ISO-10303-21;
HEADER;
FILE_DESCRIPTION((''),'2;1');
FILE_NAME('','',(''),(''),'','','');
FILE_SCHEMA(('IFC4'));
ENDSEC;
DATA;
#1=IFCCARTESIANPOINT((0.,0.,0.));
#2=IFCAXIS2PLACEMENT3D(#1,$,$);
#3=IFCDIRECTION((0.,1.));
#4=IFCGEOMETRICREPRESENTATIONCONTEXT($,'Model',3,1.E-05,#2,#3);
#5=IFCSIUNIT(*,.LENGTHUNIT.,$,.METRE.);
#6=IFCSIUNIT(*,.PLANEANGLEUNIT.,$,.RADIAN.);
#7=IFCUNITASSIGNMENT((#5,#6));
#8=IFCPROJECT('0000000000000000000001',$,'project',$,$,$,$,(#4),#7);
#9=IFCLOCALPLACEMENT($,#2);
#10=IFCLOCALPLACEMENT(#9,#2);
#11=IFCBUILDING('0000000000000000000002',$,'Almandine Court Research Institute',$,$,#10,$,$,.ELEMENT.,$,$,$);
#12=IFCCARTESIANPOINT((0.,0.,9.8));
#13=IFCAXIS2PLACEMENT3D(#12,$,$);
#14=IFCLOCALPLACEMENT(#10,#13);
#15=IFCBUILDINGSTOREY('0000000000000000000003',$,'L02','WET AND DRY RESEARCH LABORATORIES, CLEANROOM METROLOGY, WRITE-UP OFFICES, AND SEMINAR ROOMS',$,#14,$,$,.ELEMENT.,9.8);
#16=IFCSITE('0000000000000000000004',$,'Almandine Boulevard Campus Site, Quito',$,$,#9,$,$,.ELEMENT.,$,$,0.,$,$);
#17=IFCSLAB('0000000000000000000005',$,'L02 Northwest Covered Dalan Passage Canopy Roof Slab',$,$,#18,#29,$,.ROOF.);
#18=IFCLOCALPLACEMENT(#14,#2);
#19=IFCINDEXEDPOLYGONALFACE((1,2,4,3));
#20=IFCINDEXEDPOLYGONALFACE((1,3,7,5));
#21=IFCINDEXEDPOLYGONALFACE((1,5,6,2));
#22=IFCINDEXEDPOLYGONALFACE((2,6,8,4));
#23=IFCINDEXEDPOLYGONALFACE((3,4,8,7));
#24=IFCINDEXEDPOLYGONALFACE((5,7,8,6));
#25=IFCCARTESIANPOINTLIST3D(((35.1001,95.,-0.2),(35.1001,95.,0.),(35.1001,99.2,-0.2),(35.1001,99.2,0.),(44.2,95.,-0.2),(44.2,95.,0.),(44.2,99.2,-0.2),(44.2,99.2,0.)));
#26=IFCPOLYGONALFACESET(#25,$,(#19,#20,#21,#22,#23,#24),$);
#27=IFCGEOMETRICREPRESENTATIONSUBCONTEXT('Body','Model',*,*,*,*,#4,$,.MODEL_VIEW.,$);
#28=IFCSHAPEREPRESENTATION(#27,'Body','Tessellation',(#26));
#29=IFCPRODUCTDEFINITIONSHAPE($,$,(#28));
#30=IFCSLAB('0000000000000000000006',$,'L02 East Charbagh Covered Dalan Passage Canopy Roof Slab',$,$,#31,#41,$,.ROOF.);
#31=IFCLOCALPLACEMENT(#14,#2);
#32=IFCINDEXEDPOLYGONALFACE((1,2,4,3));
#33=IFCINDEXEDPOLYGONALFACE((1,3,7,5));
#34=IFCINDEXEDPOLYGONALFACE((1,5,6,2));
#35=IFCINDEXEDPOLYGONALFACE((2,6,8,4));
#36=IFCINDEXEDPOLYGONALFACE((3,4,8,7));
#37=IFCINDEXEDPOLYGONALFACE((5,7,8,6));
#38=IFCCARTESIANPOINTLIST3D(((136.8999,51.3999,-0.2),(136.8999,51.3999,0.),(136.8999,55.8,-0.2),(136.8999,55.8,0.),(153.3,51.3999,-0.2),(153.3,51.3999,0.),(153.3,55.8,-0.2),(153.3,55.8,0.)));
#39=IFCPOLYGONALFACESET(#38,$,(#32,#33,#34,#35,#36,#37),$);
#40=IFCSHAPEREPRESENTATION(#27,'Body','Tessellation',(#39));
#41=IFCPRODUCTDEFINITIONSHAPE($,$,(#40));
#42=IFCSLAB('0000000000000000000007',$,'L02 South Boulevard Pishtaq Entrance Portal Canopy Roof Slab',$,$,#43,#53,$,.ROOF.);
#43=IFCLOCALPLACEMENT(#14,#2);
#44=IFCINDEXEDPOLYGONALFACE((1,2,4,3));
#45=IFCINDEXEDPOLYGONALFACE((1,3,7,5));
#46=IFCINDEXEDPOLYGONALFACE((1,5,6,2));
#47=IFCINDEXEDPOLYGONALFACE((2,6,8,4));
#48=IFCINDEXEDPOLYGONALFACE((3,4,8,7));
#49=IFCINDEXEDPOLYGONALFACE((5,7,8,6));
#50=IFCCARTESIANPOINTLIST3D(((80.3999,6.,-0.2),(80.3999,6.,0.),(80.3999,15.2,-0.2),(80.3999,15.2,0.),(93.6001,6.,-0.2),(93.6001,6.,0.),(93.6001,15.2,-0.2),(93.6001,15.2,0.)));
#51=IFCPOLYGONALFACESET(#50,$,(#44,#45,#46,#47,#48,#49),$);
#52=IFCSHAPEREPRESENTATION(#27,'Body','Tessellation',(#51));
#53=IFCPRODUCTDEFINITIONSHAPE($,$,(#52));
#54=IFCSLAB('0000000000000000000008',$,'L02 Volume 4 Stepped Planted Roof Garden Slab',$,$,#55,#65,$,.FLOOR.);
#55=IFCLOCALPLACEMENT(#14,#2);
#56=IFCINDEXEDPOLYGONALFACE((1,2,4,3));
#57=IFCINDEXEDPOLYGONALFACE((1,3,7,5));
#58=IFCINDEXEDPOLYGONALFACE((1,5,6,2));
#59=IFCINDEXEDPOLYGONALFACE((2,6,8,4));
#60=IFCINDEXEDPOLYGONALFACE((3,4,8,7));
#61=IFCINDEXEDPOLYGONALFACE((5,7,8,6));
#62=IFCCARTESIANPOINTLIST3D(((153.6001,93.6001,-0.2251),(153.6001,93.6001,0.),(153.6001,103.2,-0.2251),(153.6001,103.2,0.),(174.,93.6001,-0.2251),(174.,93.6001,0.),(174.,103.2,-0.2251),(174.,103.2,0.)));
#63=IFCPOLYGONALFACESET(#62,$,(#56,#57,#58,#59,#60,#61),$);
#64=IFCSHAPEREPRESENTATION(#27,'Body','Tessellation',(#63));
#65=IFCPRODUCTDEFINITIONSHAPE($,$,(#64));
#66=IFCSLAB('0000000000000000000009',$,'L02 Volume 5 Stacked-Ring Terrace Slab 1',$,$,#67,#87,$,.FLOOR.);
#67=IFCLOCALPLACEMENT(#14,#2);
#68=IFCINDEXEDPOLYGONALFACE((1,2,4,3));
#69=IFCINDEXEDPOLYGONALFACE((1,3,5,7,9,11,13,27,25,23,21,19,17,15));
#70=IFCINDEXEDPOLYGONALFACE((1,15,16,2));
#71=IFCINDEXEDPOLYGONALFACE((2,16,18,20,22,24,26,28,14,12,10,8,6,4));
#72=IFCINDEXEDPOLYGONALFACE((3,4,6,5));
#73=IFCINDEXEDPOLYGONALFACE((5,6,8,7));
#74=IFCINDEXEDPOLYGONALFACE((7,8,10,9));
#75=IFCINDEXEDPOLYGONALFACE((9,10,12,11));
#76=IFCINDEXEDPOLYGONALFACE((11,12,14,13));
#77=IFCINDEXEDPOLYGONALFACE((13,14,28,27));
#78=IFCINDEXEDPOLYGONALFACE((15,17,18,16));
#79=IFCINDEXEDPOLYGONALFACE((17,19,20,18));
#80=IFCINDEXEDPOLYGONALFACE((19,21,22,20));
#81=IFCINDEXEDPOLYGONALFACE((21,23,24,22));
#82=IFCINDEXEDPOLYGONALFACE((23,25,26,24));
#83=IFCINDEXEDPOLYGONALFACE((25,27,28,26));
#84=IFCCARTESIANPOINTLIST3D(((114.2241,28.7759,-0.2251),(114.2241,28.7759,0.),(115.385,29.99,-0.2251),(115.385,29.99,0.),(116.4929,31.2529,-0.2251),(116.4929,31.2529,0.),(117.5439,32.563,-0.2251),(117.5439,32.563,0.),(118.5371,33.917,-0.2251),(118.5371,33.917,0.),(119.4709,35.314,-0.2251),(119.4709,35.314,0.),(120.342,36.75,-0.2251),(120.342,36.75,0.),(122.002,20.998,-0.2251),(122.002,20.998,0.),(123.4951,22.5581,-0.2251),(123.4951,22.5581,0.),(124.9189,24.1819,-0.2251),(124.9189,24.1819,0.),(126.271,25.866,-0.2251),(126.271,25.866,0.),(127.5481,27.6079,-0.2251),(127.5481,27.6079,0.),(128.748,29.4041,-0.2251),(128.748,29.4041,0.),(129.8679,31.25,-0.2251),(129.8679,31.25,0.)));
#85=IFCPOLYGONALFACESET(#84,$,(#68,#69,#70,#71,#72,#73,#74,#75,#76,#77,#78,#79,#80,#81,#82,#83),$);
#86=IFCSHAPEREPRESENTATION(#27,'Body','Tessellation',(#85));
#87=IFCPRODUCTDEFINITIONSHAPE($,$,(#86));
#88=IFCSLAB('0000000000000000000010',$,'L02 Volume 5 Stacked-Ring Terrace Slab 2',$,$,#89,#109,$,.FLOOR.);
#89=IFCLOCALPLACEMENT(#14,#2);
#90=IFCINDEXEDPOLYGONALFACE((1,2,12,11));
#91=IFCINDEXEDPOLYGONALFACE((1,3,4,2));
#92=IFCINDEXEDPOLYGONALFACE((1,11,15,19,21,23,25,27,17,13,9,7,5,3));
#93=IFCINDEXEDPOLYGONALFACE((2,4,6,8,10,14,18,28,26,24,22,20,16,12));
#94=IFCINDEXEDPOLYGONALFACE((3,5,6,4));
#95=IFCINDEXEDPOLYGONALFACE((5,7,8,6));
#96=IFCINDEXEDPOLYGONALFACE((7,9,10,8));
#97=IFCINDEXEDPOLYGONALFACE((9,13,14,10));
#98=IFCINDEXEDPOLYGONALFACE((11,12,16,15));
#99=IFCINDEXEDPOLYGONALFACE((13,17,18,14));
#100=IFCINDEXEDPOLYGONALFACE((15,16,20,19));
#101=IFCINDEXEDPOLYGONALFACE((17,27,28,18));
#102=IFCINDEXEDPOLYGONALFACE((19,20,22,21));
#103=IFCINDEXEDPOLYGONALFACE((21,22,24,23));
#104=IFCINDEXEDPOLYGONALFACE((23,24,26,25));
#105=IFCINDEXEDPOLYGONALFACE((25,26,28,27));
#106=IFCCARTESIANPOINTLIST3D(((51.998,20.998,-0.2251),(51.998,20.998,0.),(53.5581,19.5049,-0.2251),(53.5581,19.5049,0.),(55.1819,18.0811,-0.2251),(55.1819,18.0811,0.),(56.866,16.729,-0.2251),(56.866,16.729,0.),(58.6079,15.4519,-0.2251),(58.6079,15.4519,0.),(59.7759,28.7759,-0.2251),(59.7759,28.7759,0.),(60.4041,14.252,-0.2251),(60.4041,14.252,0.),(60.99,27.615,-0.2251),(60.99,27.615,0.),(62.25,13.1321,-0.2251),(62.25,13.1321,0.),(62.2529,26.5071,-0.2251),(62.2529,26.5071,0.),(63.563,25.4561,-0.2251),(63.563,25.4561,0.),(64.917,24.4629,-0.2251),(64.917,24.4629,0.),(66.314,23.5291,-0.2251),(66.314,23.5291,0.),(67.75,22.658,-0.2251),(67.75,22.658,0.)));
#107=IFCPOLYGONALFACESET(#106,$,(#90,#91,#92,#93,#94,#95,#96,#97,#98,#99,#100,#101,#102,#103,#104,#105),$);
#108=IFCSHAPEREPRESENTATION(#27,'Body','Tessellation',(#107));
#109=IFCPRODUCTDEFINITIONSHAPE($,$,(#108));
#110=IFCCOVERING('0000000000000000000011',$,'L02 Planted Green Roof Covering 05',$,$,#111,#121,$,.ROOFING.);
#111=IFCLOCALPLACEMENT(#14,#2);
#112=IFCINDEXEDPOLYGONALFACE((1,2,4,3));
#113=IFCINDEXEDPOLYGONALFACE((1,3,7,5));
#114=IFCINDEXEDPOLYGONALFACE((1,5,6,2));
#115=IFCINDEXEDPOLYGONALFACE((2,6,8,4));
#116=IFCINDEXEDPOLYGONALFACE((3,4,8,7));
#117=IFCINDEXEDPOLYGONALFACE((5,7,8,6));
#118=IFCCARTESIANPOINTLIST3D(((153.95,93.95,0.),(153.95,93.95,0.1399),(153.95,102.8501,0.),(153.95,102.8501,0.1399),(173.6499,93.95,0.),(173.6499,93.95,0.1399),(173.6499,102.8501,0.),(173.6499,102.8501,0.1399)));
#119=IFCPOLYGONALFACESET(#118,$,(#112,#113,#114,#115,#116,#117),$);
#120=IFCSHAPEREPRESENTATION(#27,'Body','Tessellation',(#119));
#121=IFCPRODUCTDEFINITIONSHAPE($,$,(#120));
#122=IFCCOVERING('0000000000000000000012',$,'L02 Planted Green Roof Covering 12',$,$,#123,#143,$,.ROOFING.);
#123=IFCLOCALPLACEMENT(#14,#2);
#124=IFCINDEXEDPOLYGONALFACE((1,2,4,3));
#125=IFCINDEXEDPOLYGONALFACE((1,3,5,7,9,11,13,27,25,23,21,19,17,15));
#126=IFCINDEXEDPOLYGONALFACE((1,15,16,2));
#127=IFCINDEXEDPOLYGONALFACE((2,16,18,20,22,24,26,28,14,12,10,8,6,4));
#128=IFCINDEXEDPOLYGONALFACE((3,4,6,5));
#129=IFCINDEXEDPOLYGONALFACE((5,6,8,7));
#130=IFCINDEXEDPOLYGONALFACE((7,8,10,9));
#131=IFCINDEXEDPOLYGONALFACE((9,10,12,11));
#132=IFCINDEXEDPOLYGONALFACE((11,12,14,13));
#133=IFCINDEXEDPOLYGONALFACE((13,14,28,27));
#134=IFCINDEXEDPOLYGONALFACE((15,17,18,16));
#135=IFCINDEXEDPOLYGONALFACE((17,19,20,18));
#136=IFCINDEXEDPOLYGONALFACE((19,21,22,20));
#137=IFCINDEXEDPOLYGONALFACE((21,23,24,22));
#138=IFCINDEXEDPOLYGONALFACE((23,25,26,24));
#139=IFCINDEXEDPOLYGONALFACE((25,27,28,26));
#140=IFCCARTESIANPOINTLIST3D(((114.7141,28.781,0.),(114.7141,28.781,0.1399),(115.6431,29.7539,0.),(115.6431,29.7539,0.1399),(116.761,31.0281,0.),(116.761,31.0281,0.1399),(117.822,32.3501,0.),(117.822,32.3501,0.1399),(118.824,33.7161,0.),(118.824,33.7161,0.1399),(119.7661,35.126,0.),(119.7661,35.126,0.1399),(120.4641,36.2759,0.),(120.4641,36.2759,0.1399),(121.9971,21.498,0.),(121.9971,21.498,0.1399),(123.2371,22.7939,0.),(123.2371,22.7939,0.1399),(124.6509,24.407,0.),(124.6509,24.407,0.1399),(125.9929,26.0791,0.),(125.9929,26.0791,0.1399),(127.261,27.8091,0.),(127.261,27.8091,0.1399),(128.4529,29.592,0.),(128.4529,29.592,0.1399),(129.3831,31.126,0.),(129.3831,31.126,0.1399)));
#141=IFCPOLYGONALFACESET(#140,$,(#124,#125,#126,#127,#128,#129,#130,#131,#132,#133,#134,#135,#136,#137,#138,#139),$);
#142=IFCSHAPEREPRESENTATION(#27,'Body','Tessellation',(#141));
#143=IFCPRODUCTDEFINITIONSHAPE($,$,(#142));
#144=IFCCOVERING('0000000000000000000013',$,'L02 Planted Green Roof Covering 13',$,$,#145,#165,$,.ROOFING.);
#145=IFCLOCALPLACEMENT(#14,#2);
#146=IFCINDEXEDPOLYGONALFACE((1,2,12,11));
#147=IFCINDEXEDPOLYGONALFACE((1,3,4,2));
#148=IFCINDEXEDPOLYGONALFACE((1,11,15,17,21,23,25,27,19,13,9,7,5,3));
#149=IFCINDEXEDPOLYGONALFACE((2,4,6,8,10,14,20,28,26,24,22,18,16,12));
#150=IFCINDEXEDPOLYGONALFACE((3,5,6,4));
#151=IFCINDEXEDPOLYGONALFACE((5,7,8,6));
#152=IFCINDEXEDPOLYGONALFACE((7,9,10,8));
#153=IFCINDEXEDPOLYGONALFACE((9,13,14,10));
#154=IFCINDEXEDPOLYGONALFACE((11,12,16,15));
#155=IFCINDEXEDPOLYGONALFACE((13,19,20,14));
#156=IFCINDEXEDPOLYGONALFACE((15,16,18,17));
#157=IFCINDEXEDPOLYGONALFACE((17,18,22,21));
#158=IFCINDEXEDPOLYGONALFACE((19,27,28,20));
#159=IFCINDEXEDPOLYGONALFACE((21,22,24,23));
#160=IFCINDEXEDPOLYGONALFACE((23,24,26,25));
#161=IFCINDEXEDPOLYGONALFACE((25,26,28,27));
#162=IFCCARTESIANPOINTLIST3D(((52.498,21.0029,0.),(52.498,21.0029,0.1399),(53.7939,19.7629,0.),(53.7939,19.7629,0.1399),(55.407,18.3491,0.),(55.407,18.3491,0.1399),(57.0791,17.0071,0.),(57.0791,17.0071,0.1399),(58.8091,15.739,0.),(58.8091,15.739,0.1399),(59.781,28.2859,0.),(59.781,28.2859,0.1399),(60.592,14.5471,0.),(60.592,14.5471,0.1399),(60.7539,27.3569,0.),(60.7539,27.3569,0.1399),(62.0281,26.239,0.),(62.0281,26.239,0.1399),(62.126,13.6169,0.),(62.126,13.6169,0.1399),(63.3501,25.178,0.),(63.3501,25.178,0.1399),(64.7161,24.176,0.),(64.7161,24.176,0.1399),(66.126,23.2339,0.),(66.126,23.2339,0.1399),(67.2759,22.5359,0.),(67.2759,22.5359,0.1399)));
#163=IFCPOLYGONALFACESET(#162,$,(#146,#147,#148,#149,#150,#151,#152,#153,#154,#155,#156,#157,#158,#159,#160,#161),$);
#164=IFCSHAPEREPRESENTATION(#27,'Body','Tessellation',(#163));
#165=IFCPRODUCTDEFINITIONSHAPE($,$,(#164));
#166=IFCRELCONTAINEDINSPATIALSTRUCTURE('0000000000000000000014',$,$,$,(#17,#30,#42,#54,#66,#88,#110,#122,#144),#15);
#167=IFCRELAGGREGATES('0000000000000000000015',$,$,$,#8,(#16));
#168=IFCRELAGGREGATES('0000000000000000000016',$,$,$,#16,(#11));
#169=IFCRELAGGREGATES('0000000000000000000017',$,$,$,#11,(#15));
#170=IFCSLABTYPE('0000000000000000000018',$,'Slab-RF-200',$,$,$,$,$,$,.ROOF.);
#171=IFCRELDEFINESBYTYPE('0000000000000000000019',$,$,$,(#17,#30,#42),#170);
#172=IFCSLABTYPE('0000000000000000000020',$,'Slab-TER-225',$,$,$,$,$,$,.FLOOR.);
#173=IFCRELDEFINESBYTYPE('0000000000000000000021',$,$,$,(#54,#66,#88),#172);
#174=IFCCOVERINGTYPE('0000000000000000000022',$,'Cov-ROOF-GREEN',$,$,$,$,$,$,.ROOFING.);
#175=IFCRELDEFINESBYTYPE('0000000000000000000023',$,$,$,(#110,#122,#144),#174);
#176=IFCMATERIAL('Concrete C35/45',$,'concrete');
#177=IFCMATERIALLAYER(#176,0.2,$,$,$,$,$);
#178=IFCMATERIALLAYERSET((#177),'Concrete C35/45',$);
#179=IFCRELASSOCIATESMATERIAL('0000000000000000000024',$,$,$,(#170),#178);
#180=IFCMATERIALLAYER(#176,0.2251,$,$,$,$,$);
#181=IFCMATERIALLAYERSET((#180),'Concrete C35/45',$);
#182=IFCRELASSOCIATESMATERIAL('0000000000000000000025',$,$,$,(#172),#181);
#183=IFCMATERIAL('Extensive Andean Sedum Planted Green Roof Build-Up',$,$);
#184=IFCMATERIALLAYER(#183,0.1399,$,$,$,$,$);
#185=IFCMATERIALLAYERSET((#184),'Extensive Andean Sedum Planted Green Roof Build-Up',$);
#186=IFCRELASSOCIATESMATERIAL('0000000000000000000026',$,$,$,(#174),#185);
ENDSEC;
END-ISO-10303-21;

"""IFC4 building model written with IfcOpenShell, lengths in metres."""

from ifc_helpers import new_model, si_unit, direction, frame, origin, place, context, subcontext, project, spatial, polyline, outline, extrude, material, layer, layer_set, type_object, element, save


model = new_model("IFC4")

# Units and contexts
model_context = context("Model", 3, precision=1e-05, world=origin(), true_north=direction((0.0, 1.0)))
body_context = subcontext(model_context, "Body", "Model", "MODEL_VIEW")
ifc_project = project(units=[si_unit("LENGTHUNIT", "METRE"), si_unit("PLANEANGLEUNIT", "RADIAN")], contexts=[model_context])

# Site, building, storey
site_placement = place(None, origin())
site = spatial("IfcSite", under=ifc_project, at=site_placement, Name="Almandine Boulevard Campus Site, Quito", CompositionType="ELEMENT", RefElevation=0.0)
building_placement = place(site_placement, origin())
building = spatial("IfcBuilding", under=site, at=building_placement, Name="Almandine Court Research Institute", CompositionType="ELEMENT")
storey_placement = place(building_placement, frame((0.0, 0.0, 9.8)))
storey = spatial("IfcBuildingStorey", under=building, at=storey_placement, Name="L02", Description="WET AND DRY RESEARCH LABORATORIES, CLEANROOM METROLOGY, WRITE-UP OFFICES, AND SEMINAR ROOMS", CompositionType="ELEMENT", Elevation=9.8)

# Shared definitions
ifc_material_1 = material(Name="Concrete C35/45", Category="concrete")

# Slabs
ifc_layer_1 = layer(ifc_material_1, 0.2)
ifc_layer_set_1 = layer_set([ifc_layer_1], Name="Concrete C35/45")
slab_type_1 = type_object("IfcSlabType", Name="Slab-RF-200", PredefinedType="ROOF", material=ifc_layer_set_1)
slab_1_placement = place(storey_placement, frame((0.0, 0.0, -0.2)))
element("IfcSlab", 1, at=slab_1_placement, inside=storey, type_object=slab_type_1, Name="L02 Northwest Covered Dalan Passage Canopy Roof Slab", PredefinedType="ROOF", context=body_context, shape_type="SweptSolid", body=[
    extrude(outline(polyline([(35.1001, 95.0), (44.2, 95.0), (44.2, 99.2), (35.1001, 99.2), (35.1001, 95.0)])), origin(), (0.0, 0.0, 1.0), 0.2),
])
slab_2_placement = place(storey_placement, frame((0.0, 0.0, -0.2)))
element("IfcSlab", 2, at=slab_2_placement, inside=storey, type_object=slab_type_1, Name="L02 East Charbagh Covered Dalan Passage Canopy Roof Slab", PredefinedType="ROOF", context=body_context, shape_type="SweptSolid", body=[
    extrude(outline(polyline([(136.8999, 51.3999), (153.3, 51.3999), (153.3, 55.8), (136.8999, 55.8), (136.8999, 51.3999)])), origin(), (0.0, 0.0, 1.0), 0.2),
])
slab_3_placement = place(storey_placement, frame((0.0, 0.0, -0.2)))
element("IfcSlab", 3, at=slab_3_placement, inside=storey, type_object=slab_type_1, Name="L02 South Boulevard Pishtaq Entrance Portal Canopy Roof Slab", PredefinedType="ROOF", context=body_context, shape_type="SweptSolid", body=[
    extrude(outline(polyline([(80.3999, 6.0), (93.6001, 6.0), (93.6001, 15.2), (80.3999, 15.2), (80.3999, 6.0)])), origin(), (0.0, 0.0, 1.0), 0.2),
])
ifc_layer_2 = layer(ifc_material_1, 0.2251)
ifc_layer_set_2 = layer_set([ifc_layer_2], Name="Concrete C35/45")
slab_type_2 = type_object("IfcSlabType", Name="Slab-TER-225", PredefinedType="FLOOR", material=ifc_layer_set_2)
slab_4_placement = place(storey_placement, frame((0.0, 0.0, -0.2251)))
element("IfcSlab", 4, at=slab_4_placement, inside=storey, type_object=slab_type_2, Name="L02 Volume 4 Stepped Planted Roof Garden Slab", PredefinedType="FLOOR", context=body_context, shape_type="SweptSolid", body=[
    extrude(outline(polyline([(153.6001, 93.6001), (174.0, 93.6001), (174.0, 103.2), (153.6001, 103.2), (153.6001, 93.6001)])), origin(), (0.0, 0.0, 1.0), 0.2251),
])
slab_5_placement = place(storey_placement, frame((0.0, 0.0, -0.2251)))
element("IfcSlab", 5, at=slab_5_placement, inside=storey, type_object=slab_type_2, Name="L02 Volume 5 Stacked-Ring Terrace Slab 1", PredefinedType="FLOOR", context=body_context, shape_type="SweptSolid", body=[
    extrude(outline(polyline([(122.002, 20.998), (123.4951, 22.5581), (124.9189, 24.1819), (126.271, 25.866), (127.5481, 27.6079), (128.748, 29.4041), (129.8679, 31.25), (120.342, 36.75), (119.4709, 35.314), (118.5371, 33.917), (117.5439, 32.563), (116.4929, 31.2529), (115.385, 29.99), (114.2241, 28.7759), (122.002, 20.998)])), origin(), (0.0, 0.0, 1.0), 0.2251),
])
slab_6_placement = place(storey_placement, frame((0.0, 0.0, -0.2251)))
element("IfcSlab", 6, at=slab_6_placement, inside=storey, type_object=slab_type_2, Name="L02 Volume 5 Stacked-Ring Terrace Slab 2", PredefinedType="FLOOR", context=body_context, shape_type="SweptSolid", body=[
    extrude(outline(polyline([(51.998, 20.998), (53.5581, 19.5049), (55.1819, 18.0811), (56.866, 16.729), (58.6079, 15.4519), (60.4041, 14.252), (62.25, 13.1321), (67.75, 22.658), (66.314, 23.5291), (64.917, 24.4629), (63.563, 25.4561), (62.2529, 26.5071), (60.99, 27.615), (59.7759, 28.7759), (51.998, 20.998)])), origin(), (0.0, 0.0, 1.0), 0.2251),
])

# Coverings
ifc_material_2 = material(Name="Extensive Andean Sedum Planted Green Roof Build-Up")
ifc_layer_3 = layer(ifc_material_2, 0.1399)
ifc_layer_set_3 = layer_set([ifc_layer_3], Name="Extensive Andean Sedum Planted Green Roof Build-Up")
covering_type = type_object("IfcCoveringType", Name="Cov-ROOF-GREEN", PredefinedType="ROOFING", material=ifc_layer_set_3)
covering_1_placement = place(storey_placement, origin())
element("IfcCovering", 7, at=covering_1_placement, inside=storey, type_object=covering_type, Name="L02 Planted Green Roof Covering 05", PredefinedType="ROOFING", context=body_context, shape_type="SweptSolid", body=[
    extrude(outline(polyline([(153.95, 93.95), (153.95, 102.8501), (173.6499, 102.8501), (173.6499, 93.95), (153.95, 93.95)])), origin(), (0.0, 0.0, 1.0), 0.1399),
])
covering_2_placement = place(storey_placement, origin())
element("IfcCovering", 8, at=covering_2_placement, inside=storey, type_object=covering_type, Name="L02 Planted Green Roof Covering 12", PredefinedType="ROOFING", context=body_context, shape_type="SweptSolid", body=[
    extrude(outline(polyline([(121.9971, 21.498), (114.7141, 28.781), (115.6431, 29.7539), (116.761, 31.0281), (117.822, 32.3501), (118.824, 33.7161), (119.7661, 35.126), (120.4641, 36.2759), (129.3831, 31.126), (128.4529, 29.592), (127.261, 27.8091), (125.9929, 26.0791), (124.6509, 24.407), (123.2371, 22.7939), (121.9971, 21.498)])), origin(), (0.0, 0.0, 1.0), 0.1399),
])
covering_3_placement = place(storey_placement, origin())
element("IfcCovering", 9, at=covering_3_placement, inside=storey, type_object=covering_type, Name="L02 Planted Green Roof Covering 13", PredefinedType="ROOFING", context=body_context, shape_type="SweptSolid", body=[
    extrude(outline(polyline([(52.498, 21.0029), (59.781, 28.2859), (60.7539, 27.3569), (62.0281, 26.239), (63.3501, 25.178), (64.7161, 24.176), (66.126, 23.2339), (67.2759, 22.5359), (62.126, 13.6169), (60.592, 14.5471), (58.8091, 15.739), (57.0791, 17.0071), (55.407, 18.3491), (53.7939, 19.7629), (52.498, 21.0029)])), origin(), (0.0, 0.0, 1.0), 0.1399),
])

save(model, "model.ifc")
